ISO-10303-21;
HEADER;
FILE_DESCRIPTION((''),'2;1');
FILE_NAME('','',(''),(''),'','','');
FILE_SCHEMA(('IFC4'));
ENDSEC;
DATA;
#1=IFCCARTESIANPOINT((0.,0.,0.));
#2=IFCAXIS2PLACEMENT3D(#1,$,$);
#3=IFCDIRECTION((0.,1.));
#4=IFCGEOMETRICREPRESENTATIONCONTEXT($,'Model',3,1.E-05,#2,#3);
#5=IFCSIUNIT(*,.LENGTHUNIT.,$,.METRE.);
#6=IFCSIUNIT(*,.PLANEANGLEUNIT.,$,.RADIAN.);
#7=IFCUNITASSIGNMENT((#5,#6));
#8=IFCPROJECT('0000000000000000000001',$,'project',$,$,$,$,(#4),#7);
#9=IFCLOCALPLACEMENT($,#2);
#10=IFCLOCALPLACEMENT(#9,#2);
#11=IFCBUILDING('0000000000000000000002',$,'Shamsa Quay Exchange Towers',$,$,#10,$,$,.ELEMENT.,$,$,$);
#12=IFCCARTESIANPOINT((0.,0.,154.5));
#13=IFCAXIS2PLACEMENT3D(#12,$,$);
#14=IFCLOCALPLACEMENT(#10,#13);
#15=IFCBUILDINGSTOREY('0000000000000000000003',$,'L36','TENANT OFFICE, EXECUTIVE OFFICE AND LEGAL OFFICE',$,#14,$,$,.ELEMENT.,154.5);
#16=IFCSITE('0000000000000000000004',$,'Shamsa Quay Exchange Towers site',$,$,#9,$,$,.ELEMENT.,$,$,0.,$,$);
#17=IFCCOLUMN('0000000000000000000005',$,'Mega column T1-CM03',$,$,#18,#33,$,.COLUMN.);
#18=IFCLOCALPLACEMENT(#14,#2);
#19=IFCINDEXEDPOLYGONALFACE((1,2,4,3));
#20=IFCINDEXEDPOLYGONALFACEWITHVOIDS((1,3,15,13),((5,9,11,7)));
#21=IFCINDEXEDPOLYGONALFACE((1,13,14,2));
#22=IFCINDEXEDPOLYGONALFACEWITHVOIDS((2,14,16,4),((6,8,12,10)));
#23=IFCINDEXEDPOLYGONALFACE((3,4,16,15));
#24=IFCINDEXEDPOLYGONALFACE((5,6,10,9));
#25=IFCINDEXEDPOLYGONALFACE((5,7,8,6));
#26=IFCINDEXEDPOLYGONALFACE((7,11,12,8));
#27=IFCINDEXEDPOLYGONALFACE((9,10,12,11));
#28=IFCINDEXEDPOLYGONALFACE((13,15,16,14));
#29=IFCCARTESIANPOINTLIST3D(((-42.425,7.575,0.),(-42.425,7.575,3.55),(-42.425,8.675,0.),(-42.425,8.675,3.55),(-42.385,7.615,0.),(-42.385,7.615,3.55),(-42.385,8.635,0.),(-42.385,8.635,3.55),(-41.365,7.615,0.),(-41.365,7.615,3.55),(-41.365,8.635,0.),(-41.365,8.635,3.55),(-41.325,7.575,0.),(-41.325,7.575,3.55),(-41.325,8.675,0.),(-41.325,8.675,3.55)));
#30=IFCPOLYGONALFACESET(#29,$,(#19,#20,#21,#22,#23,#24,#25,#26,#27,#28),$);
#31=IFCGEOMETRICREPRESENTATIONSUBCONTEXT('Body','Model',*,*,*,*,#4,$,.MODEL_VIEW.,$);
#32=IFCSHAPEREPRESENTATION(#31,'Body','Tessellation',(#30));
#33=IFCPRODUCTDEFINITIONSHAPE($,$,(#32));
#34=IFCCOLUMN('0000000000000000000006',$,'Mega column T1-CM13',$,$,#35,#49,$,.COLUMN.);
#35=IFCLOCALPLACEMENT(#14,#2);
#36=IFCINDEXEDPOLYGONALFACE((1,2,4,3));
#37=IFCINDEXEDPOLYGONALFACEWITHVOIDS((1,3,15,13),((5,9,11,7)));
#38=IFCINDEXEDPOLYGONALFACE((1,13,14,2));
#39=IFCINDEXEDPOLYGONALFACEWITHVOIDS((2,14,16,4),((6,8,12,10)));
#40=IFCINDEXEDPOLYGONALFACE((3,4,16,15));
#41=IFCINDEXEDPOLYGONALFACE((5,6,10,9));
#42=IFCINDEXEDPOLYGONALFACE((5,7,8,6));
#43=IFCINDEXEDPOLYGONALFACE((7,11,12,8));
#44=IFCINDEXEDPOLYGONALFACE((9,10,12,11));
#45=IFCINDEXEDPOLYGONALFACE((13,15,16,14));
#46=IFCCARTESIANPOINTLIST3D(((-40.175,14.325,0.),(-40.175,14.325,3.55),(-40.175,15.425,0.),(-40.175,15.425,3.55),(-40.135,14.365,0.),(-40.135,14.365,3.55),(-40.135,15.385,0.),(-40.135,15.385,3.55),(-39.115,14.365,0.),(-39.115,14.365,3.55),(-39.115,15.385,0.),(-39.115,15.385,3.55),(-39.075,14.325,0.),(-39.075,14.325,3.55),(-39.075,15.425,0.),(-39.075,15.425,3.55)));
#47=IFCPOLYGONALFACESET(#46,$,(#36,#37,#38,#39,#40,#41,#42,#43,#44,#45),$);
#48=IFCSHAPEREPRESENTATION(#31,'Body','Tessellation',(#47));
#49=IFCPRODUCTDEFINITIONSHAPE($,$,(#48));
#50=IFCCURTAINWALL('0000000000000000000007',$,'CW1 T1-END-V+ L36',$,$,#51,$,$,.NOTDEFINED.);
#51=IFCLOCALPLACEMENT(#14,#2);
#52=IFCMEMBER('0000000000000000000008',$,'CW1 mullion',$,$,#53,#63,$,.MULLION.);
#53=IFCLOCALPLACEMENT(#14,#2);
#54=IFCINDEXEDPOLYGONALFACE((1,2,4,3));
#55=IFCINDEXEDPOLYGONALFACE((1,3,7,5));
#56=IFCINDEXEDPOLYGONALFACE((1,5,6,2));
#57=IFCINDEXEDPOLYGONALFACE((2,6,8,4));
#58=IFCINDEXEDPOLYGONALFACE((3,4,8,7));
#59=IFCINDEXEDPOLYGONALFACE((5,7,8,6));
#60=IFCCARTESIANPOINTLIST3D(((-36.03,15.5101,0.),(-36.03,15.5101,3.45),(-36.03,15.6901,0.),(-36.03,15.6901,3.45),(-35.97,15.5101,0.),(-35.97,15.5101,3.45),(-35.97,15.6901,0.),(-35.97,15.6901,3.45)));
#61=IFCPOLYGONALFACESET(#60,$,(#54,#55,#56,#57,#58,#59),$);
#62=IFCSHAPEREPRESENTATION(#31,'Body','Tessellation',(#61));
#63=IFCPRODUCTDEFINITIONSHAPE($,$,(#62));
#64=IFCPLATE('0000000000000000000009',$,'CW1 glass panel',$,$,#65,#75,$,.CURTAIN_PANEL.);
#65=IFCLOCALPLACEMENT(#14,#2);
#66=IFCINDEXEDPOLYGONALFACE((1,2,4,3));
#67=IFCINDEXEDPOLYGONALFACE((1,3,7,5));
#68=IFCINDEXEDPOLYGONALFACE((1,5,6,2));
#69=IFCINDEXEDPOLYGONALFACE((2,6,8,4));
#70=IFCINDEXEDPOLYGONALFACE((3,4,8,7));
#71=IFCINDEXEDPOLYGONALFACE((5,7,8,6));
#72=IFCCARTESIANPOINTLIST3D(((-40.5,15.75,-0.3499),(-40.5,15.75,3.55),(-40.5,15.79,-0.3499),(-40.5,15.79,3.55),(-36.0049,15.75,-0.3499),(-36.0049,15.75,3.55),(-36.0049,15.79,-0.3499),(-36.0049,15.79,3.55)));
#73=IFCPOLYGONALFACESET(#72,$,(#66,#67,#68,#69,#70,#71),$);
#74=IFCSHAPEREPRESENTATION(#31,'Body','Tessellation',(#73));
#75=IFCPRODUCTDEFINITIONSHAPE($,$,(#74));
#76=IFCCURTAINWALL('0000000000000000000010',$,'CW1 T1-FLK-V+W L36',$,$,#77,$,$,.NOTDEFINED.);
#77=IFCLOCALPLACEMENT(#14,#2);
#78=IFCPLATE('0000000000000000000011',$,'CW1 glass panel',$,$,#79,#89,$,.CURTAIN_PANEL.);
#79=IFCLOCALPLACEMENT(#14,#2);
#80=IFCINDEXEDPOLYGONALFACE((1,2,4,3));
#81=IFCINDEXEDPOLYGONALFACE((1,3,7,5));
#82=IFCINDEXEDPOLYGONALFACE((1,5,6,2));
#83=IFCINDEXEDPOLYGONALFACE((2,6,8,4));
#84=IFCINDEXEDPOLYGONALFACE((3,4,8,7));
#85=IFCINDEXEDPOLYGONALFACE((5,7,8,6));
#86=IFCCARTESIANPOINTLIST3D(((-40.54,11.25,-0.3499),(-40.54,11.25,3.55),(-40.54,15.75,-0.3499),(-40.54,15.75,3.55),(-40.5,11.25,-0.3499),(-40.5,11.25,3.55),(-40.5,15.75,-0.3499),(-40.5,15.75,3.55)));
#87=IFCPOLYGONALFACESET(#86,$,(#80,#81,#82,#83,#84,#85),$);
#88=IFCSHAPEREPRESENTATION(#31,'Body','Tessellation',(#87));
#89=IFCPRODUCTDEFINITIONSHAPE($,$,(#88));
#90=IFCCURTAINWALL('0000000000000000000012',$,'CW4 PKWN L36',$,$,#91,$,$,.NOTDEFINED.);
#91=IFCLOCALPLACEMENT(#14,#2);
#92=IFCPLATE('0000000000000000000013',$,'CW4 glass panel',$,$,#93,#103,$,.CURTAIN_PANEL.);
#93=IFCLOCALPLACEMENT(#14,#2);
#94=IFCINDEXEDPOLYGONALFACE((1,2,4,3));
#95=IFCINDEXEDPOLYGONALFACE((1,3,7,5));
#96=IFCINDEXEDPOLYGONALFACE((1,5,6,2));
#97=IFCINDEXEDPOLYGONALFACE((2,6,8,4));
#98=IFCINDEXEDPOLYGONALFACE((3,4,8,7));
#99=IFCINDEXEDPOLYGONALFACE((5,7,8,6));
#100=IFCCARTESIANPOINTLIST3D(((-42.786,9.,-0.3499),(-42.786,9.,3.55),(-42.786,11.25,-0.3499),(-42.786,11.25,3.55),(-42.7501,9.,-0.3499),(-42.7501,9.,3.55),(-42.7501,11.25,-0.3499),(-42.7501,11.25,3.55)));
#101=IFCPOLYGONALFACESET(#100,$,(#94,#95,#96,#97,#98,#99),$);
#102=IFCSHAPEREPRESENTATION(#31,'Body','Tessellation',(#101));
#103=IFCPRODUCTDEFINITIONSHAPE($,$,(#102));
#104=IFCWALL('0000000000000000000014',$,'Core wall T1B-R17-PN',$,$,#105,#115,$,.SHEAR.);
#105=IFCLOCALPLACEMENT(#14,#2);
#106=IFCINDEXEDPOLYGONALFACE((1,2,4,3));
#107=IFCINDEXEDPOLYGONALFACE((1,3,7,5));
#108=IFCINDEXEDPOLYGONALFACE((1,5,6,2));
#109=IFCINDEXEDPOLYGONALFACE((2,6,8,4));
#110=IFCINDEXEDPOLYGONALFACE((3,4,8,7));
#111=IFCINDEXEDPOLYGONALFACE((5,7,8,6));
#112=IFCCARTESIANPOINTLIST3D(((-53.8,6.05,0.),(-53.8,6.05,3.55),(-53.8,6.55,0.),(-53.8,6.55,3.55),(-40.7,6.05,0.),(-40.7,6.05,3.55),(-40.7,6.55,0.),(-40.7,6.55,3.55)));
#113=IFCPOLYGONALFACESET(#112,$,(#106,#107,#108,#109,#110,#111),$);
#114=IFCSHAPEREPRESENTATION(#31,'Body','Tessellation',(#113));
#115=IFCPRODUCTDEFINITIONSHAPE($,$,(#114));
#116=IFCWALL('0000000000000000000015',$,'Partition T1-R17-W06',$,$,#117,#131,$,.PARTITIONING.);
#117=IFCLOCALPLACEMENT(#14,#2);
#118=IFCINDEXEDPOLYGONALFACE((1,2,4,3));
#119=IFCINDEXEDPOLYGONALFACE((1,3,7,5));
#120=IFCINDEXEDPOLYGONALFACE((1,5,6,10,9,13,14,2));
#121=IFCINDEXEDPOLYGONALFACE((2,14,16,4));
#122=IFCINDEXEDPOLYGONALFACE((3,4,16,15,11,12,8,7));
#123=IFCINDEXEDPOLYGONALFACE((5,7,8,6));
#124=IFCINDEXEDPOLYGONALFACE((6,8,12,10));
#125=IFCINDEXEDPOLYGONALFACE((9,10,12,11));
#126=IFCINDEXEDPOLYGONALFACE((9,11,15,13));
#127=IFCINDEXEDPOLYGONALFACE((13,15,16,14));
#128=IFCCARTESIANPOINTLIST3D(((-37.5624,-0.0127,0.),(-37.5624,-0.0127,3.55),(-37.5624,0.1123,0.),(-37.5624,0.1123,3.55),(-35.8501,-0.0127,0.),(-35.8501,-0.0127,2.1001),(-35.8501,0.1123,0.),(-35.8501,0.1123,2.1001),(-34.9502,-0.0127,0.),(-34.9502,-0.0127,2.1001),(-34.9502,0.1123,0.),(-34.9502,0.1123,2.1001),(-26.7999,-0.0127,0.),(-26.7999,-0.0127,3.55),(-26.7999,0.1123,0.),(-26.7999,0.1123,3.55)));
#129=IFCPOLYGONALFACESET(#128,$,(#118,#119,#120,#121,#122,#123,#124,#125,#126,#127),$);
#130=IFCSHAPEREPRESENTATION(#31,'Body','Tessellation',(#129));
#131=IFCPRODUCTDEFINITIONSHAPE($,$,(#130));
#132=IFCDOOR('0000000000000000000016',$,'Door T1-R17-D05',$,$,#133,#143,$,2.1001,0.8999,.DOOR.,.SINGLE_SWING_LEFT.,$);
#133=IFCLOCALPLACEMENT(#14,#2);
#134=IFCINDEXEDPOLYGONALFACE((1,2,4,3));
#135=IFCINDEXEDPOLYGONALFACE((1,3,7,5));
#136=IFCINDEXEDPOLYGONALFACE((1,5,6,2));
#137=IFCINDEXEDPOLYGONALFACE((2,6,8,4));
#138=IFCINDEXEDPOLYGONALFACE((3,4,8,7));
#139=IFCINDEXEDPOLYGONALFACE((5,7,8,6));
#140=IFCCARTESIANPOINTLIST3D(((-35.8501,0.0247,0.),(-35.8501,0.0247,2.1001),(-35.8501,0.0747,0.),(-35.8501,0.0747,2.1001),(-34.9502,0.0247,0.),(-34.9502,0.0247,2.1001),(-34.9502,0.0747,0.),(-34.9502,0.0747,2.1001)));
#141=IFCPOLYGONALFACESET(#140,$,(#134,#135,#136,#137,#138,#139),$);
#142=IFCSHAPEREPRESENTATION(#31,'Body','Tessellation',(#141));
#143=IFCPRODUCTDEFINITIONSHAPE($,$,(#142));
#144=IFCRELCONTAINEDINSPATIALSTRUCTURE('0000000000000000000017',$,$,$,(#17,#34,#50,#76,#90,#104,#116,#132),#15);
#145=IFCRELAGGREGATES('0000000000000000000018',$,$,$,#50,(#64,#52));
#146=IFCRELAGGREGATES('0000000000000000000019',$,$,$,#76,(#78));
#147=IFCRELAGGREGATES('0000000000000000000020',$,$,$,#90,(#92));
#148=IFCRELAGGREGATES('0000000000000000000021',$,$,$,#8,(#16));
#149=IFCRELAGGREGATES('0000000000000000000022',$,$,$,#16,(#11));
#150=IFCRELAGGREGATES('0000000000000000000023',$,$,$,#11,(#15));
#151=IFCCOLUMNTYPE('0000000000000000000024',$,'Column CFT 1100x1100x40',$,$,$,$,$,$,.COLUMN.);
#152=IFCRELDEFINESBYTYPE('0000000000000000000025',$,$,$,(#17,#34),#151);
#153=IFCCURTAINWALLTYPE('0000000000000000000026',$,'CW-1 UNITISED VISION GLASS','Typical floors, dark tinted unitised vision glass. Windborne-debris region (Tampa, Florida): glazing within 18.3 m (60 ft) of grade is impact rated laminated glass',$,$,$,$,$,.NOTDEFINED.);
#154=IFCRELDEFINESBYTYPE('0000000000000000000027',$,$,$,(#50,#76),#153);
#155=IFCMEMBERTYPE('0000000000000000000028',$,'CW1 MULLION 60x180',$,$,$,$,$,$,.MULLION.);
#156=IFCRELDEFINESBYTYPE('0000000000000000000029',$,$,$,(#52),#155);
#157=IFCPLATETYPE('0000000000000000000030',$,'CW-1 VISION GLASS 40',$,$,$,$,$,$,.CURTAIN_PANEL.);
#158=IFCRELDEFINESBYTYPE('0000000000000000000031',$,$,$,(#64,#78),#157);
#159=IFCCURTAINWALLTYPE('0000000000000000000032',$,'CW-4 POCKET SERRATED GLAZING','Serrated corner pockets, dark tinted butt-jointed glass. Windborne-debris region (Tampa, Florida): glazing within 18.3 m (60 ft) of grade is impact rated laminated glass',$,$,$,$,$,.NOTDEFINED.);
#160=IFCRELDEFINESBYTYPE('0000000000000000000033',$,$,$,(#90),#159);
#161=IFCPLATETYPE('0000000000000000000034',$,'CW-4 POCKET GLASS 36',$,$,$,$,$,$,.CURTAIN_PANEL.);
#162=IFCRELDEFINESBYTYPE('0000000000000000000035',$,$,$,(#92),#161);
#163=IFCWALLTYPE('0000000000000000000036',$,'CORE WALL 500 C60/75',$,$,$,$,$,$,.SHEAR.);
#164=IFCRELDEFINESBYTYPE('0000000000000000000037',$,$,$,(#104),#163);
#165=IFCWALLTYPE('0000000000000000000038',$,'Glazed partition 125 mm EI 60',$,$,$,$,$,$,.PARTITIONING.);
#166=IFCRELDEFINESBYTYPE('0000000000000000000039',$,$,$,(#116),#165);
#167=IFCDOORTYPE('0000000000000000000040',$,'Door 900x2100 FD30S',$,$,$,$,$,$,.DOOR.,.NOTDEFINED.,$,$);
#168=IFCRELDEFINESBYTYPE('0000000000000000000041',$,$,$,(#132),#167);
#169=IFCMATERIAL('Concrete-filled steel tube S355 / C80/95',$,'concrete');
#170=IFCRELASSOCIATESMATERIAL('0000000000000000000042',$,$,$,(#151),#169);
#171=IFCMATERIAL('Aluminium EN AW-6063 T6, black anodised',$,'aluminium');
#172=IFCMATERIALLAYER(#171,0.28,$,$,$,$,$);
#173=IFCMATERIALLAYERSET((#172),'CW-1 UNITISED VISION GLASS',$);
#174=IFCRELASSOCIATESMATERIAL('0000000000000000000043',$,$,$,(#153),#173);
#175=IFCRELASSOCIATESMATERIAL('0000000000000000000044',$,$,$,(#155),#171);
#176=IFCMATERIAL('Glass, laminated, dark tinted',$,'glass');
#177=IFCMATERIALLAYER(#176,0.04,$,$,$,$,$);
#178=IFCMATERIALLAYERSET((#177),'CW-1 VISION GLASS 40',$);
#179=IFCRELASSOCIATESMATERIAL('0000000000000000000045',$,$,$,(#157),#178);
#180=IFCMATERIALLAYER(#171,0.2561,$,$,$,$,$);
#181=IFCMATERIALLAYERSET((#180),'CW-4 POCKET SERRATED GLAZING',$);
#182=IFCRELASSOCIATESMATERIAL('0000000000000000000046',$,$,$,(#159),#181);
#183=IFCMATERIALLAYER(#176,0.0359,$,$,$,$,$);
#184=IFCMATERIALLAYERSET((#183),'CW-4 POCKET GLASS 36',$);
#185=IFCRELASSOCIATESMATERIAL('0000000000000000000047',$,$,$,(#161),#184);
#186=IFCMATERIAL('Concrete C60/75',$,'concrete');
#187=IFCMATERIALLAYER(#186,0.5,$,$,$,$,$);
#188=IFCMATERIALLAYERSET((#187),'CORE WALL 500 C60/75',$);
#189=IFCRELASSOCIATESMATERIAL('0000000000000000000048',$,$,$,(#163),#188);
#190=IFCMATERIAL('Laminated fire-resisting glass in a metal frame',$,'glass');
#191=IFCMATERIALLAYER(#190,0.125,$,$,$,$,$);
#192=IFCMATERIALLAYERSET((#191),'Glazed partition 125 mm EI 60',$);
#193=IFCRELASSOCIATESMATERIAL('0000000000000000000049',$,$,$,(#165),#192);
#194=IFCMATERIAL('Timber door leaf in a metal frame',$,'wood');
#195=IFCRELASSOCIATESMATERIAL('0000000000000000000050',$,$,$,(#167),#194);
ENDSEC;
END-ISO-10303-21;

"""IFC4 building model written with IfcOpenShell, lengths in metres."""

from ifc_helpers import new_model, si_unit, direction, frame, frame_2d, origin, origin_2d, place, context, subcontext, project, spatial, rectangle, hollow_rectangle, extrude, material, layer, layer_set, material_profile, profile_set, type_object, element, fill, aggregate, save


model = new_model("IFC4")

# Units and contexts
model_context = context("Model", 3, precision=1e-05, world=origin(), true_north=direction((0.0, 1.0)))
body_context = subcontext(model_context, "Body", "Model", "MODEL_VIEW")
ifc_project = project(units=[si_unit("LENGTHUNIT", "METRE"), si_unit("PLANEANGLEUNIT", "RADIAN")], contexts=[model_context])

# Site, building, storey
site_placement = place(None, origin())
site = spatial("IfcSite", under=ifc_project, at=site_placement, Name="Shamsa Quay Exchange Towers site", CompositionType="ELEMENT", RefElevation=0.0)
building_placement = place(site_placement, origin())
building = spatial("IfcBuilding", under=site, at=building_placement, Name="Shamsa Quay Exchange Towers", CompositionType="ELEMENT")
storey_placement = place(building_placement, frame((0.0, 0.0, 154.5)))
storey = spatial("IfcBuildingStorey", under=building, at=storey_placement, Name="L36", Description="TENANT OFFICE, EXECUTIVE OFFICE AND LEGAL OFFICE", CompositionType="ELEMENT", Elevation=154.5)

# Columns
ifc_material_1 = material(Name="Concrete-filled steel tube S355 / C80/95", Category="concrete")
ifc_material_profile_1 = material_profile(ifc_material_1, hollow_rectangle(XDim=1.1001, YDim=1.1001, WallThickness=0.04, at=origin_2d()), Name="CFT 1100x1100x40")
ifc_profile_set_1 = profile_set([ifc_material_profile_1], Name="Concrete-filled steel tube S355 / C80/95")
column_type = type_object("IfcColumnType", Name="Column CFT 1100x1100x40", PredefinedType="COLUMN", material=ifc_profile_set_1)
for number, where, name in (
    (1, (-41.875, 8.125, 0.0), "Mega column T1-CM03"),
    (2, (-39.625, 14.875, 0.0), "Mega column T1-CM13"),
):
    element("IfcColumn", number, at=place(storey_placement, frame(where)), inside=storey, type_object=column_type, Name=name, PredefinedType="COLUMN", context=body_context, shape_type="SweptSolid", body=[
        extrude(hollow_rectangle(XDim=1.1001, YDim=1.1001, WallThickness=0.04, at=origin_2d()), origin(), (0.0, 0.0, 1.0), 3.55),
    ])

# Curtain wall, member, plate
ifc_material_2 = material(Name="Aluminium EN AW-6063 T6, black anodised", Category="aluminium")
ifc_layer_1 = layer(ifc_material_2, 0.28)
ifc_layer_set_1 = layer_set([ifc_layer_1], Name="CW-1 UNITISED VISION GLASS")
curtain_wall_type_1 = type_object("IfcCurtainWallType", Name="CW-1 UNITISED VISION GLASS", Description="Typical floors, dark tinted unitised vision glass. Windborne-debris region (Tampa, Florida): glazing within 18.3 m (60 ft) of grade is impact rated laminated glass", PredefinedType="NOTDEFINED", material=ifc_layer_set_1)
curtain_wall_1_placement = place(storey_placement, origin())
curtain_wall_1 = element("IfcCurtainWall", 3, at=curtain_wall_1_placement, inside=storey, type_object=curtain_wall_type_1, Name="CW1 T1-END-V+ L36", PredefinedType="NOTDEFINED")
ifc_material_profile_2 = material_profile(ifc_material_2, rectangle(XDim=0.1799, YDim=0.0601, at=origin_2d()), Name="MU60x180")
ifc_profile_set_2 = profile_set([ifc_material_profile_2], Name="Aluminium EN AW-6063 T6, black anodised")
member_type = type_object("IfcMemberType", Name="CW1 MULLION 60x180", PredefinedType="MULLION", material=ifc_profile_set_2)
member_placement = place(storey_placement, frame((-36.0, 15.6001, 0.0), z_axis=(0.0, 0.0, 1.0), x_axis=(0.0, -1.0, 0.0)))
member = element("IfcMember", 4, at=member_placement, type_object=member_type, Name="CW1 mullion", PredefinedType="MULLION", context=body_context, shape_type="SweptSolid", body=[
    extrude(rectangle(XDim=0.1799, YDim=0.0601, at=origin_2d()), origin(), (0.0, 0.0, 1.0), 3.45),
])
ifc_material_3 = material(Name="Glass, laminated, dark tinted", Category="glass")
ifc_layer_2 = layer(ifc_material_3, 0.04)
ifc_layer_set_2 = layer_set([ifc_layer_2], Name="CW-1 VISION GLASS 40")
plate_type_1 = type_object("IfcPlateType", Name="CW-1 VISION GLASS 40", PredefinedType="CURTAIN_PANEL", material=ifc_layer_set_2)
plate_1_placement = place(storey_placement, frame((-38.2524, 15.77, -0.3499), z_axis=(0.0, 0.0, 1.0), x_axis=(-1.0, 0.0, 0.0)))
plate_1 = element("IfcPlate", 5, at=plate_1_placement, type_object=plate_type_1, Name="CW1 glass panel", PredefinedType="CURTAIN_PANEL", context=body_context, shape_type="SweptSolid", body=[
    extrude(rectangle(XDim=4.4951, YDim=0.04, at=origin_2d()), origin(), (0.0, 0.0, 1.0), 3.8999),
])
aggregate(curtain_wall_1, [plate_1, member])

# Curtain walls, plates
curtain_wall_2_placement = place(storey_placement, origin())
curtain_wall_2 = element("IfcCurtainWall", 6, at=curtain_wall_2_placement, inside=storey, type_object=curtain_wall_type_1, Name="CW1 T1-FLK-V+W L36", PredefinedType="NOTDEFINED")
plate_2_placement = place(storey_placement, frame((-40.52, 13.5, -0.3499), z_axis=(0.0, 0.0, 1.0), x_axis=(0.0, -1.0, 0.0)))
plate_2 = element("IfcPlate", 7, at=plate_2_placement, type_object=plate_type_1, Name="CW1 glass panel", PredefinedType="CURTAIN_PANEL", context=body_context, shape_type="SweptSolid", body=[
    extrude(rectangle(XDim=4.5, YDim=0.04, at=origin_2d()), origin(), (0.0, 0.0, 1.0), 3.8999),
])
aggregate(curtain_wall_2, [plate_2])
ifc_layer_3 = layer(ifc_material_2, 0.2561)
ifc_layer_set_3 = layer_set([ifc_layer_3], Name="CW-4 POCKET SERRATED GLAZING")
curtain_wall_type_2 = type_object("IfcCurtainWallType", Name="CW-4 POCKET SERRATED GLAZING", Description="Serrated corner pockets, dark tinted butt-jointed glass. Windborne-debris region (Tampa, Florida): glazing within 18.3 m (60 ft) of grade is impact rated laminated glass", PredefinedType="NOTDEFINED", material=ifc_layer_set_3)
curtain_wall_3_placement = place(storey_placement, origin())
curtain_wall_3 = element("IfcCurtainWall", 8, at=curtain_wall_3_placement, inside=storey, type_object=curtain_wall_type_2, Name="CW4 PKWN L36", PredefinedType="NOTDEFINED")
ifc_layer_4 = layer(ifc_material_3, 0.0359)
ifc_layer_set_4 = layer_set([ifc_layer_4], Name="CW-4 POCKET GLASS 36")
plate_type_2 = type_object("IfcPlateType", Name="CW-4 POCKET GLASS 36", PredefinedType="CURTAIN_PANEL", material=ifc_layer_set_4)
plate_3_placement = place(storey_placement, frame((-42.7681, 10.125, -0.3499), z_axis=(0.0, 0.0, 1.0), x_axis=(0.0, -1.0, 0.0)))
plate_3 = element("IfcPlate", 9, at=plate_3_placement, type_object=plate_type_2, Name="CW4 glass panel", PredefinedType="CURTAIN_PANEL", context=body_context, shape_type="SweptSolid", body=[
    extrude(rectangle(XDim=2.25, YDim=0.0359, at=origin_2d()), origin(), (0.0, 0.0, 1.0), 3.8999),
])
aggregate(curtain_wall_3, [plate_3])

# Wall
ifc_material_4 = material(Name="Concrete C60/75", Category="concrete")
ifc_layer_5 = layer(ifc_material_4, 0.5)
ifc_layer_set_5 = layer_set([ifc_layer_5], Name="CORE WALL 500 C60/75")
wall_type_1 = type_object("IfcWallType", Name="CORE WALL 500 C60/75", PredefinedType="SHEAR", material=ifc_layer_set_5)
wall_1_placement = place(storey_placement, frame((-40.7, 6.3, 0.0), z_axis=(0.0, 0.0, 1.0), x_axis=(-1.0, 0.0, 0.0)))
element("IfcWall", 10, at=wall_1_placement, inside=storey, type_object=wall_type_1, Name="Core wall T1B-R17-PN", PredefinedType="SHEAR", context=body_context, shape_type="SweptSolid", body=[
    extrude(rectangle(XDim=13.1001, YDim=0.5, at=frame_2d((6.55, 0.0))), origin(), (0.0, 0.0, 1.0), 3.55),
])

# Wall, opening, door
ifc_material_5 = material(Name="Laminated fire-resisting glass in a metal frame", Category="glass")
ifc_layer_6 = layer(ifc_material_5, 0.125)
ifc_layer_set_6 = layer_set([ifc_layer_6], Name="Glazed partition 125 mm EI 60")
wall_type_2 = type_object("IfcWallType", Name="Glazed partition 125 mm EI 60", PredefinedType="PARTITIONING", material=ifc_layer_set_6)
wall_2_placement = place(storey_placement, frame((-37.5625, 0.0498, 0.0)))
wall_2 = element("IfcWall", 11, at=wall_2_placement, inside=storey, type_object=wall_type_2, Name="Partition T1-R17-W06", PredefinedType="PARTITIONING", context=body_context, shape_type="SweptSolid", body=[
    extrude(rectangle(XDim=10.7625, YDim=0.125, at=frame_2d((5.3813, 0.0))), origin(), (0.0, 0.0, 1.0), 3.55),
])
opening_1_placement = place(wall_2_placement, frame((1.7124, 0.0, 0.0)))
opening_1 = element("IfcOpeningElement", 12, at=opening_1_placement, cuts=wall_2, PredefinedType="OPENING", context=body_context, shape_type="SweptSolid", body=[
    extrude(rectangle(XDim=0.8999, YDim=2.1001, at=frame_2d((0.45, 1.05))), frame((0.0, 0.0725, 0.0), z_axis=(0.0, -1.0, 0.0), x_axis=(1.0, 0.0, 0.0)), (0.0, 0.0, 1.0), 0.145),
])
ifc_material_6 = material(Name="Timber door leaf in a metal frame", Category="wood")
door_type_1 = type_object("IfcDoorType", Name="Door 900x2100 FD30S", OperationType="NOTDEFINED", PredefinedType="DOOR", material=ifc_material_6)
door_1_placement = place(opening_1_placement, origin())
door_1 = element("IfcDoor", 13, at=door_1_placement, inside=storey, type_object=door_type_1, Name="Door T1-R17-D05", OperationType="SINGLE_SWING_LEFT", OverallHeight=2.1001, OverallWidth=0.8999, PredefinedType="DOOR", context=body_context, shape_type="SweptSolid", body=[
    extrude(rectangle(XDim=0.8999, YDim=2.1001, at=frame_2d((0.45, 1.05))), frame((0.0, 0.0249, 0.0), z_axis=(0.0, -1.0, 0.0), x_axis=(1.0, 0.0, 0.0)), (0.0, 0.0, 1.0), 0.05),
])
fill(opening_1, door_1)

save(model, "model.ifc")
